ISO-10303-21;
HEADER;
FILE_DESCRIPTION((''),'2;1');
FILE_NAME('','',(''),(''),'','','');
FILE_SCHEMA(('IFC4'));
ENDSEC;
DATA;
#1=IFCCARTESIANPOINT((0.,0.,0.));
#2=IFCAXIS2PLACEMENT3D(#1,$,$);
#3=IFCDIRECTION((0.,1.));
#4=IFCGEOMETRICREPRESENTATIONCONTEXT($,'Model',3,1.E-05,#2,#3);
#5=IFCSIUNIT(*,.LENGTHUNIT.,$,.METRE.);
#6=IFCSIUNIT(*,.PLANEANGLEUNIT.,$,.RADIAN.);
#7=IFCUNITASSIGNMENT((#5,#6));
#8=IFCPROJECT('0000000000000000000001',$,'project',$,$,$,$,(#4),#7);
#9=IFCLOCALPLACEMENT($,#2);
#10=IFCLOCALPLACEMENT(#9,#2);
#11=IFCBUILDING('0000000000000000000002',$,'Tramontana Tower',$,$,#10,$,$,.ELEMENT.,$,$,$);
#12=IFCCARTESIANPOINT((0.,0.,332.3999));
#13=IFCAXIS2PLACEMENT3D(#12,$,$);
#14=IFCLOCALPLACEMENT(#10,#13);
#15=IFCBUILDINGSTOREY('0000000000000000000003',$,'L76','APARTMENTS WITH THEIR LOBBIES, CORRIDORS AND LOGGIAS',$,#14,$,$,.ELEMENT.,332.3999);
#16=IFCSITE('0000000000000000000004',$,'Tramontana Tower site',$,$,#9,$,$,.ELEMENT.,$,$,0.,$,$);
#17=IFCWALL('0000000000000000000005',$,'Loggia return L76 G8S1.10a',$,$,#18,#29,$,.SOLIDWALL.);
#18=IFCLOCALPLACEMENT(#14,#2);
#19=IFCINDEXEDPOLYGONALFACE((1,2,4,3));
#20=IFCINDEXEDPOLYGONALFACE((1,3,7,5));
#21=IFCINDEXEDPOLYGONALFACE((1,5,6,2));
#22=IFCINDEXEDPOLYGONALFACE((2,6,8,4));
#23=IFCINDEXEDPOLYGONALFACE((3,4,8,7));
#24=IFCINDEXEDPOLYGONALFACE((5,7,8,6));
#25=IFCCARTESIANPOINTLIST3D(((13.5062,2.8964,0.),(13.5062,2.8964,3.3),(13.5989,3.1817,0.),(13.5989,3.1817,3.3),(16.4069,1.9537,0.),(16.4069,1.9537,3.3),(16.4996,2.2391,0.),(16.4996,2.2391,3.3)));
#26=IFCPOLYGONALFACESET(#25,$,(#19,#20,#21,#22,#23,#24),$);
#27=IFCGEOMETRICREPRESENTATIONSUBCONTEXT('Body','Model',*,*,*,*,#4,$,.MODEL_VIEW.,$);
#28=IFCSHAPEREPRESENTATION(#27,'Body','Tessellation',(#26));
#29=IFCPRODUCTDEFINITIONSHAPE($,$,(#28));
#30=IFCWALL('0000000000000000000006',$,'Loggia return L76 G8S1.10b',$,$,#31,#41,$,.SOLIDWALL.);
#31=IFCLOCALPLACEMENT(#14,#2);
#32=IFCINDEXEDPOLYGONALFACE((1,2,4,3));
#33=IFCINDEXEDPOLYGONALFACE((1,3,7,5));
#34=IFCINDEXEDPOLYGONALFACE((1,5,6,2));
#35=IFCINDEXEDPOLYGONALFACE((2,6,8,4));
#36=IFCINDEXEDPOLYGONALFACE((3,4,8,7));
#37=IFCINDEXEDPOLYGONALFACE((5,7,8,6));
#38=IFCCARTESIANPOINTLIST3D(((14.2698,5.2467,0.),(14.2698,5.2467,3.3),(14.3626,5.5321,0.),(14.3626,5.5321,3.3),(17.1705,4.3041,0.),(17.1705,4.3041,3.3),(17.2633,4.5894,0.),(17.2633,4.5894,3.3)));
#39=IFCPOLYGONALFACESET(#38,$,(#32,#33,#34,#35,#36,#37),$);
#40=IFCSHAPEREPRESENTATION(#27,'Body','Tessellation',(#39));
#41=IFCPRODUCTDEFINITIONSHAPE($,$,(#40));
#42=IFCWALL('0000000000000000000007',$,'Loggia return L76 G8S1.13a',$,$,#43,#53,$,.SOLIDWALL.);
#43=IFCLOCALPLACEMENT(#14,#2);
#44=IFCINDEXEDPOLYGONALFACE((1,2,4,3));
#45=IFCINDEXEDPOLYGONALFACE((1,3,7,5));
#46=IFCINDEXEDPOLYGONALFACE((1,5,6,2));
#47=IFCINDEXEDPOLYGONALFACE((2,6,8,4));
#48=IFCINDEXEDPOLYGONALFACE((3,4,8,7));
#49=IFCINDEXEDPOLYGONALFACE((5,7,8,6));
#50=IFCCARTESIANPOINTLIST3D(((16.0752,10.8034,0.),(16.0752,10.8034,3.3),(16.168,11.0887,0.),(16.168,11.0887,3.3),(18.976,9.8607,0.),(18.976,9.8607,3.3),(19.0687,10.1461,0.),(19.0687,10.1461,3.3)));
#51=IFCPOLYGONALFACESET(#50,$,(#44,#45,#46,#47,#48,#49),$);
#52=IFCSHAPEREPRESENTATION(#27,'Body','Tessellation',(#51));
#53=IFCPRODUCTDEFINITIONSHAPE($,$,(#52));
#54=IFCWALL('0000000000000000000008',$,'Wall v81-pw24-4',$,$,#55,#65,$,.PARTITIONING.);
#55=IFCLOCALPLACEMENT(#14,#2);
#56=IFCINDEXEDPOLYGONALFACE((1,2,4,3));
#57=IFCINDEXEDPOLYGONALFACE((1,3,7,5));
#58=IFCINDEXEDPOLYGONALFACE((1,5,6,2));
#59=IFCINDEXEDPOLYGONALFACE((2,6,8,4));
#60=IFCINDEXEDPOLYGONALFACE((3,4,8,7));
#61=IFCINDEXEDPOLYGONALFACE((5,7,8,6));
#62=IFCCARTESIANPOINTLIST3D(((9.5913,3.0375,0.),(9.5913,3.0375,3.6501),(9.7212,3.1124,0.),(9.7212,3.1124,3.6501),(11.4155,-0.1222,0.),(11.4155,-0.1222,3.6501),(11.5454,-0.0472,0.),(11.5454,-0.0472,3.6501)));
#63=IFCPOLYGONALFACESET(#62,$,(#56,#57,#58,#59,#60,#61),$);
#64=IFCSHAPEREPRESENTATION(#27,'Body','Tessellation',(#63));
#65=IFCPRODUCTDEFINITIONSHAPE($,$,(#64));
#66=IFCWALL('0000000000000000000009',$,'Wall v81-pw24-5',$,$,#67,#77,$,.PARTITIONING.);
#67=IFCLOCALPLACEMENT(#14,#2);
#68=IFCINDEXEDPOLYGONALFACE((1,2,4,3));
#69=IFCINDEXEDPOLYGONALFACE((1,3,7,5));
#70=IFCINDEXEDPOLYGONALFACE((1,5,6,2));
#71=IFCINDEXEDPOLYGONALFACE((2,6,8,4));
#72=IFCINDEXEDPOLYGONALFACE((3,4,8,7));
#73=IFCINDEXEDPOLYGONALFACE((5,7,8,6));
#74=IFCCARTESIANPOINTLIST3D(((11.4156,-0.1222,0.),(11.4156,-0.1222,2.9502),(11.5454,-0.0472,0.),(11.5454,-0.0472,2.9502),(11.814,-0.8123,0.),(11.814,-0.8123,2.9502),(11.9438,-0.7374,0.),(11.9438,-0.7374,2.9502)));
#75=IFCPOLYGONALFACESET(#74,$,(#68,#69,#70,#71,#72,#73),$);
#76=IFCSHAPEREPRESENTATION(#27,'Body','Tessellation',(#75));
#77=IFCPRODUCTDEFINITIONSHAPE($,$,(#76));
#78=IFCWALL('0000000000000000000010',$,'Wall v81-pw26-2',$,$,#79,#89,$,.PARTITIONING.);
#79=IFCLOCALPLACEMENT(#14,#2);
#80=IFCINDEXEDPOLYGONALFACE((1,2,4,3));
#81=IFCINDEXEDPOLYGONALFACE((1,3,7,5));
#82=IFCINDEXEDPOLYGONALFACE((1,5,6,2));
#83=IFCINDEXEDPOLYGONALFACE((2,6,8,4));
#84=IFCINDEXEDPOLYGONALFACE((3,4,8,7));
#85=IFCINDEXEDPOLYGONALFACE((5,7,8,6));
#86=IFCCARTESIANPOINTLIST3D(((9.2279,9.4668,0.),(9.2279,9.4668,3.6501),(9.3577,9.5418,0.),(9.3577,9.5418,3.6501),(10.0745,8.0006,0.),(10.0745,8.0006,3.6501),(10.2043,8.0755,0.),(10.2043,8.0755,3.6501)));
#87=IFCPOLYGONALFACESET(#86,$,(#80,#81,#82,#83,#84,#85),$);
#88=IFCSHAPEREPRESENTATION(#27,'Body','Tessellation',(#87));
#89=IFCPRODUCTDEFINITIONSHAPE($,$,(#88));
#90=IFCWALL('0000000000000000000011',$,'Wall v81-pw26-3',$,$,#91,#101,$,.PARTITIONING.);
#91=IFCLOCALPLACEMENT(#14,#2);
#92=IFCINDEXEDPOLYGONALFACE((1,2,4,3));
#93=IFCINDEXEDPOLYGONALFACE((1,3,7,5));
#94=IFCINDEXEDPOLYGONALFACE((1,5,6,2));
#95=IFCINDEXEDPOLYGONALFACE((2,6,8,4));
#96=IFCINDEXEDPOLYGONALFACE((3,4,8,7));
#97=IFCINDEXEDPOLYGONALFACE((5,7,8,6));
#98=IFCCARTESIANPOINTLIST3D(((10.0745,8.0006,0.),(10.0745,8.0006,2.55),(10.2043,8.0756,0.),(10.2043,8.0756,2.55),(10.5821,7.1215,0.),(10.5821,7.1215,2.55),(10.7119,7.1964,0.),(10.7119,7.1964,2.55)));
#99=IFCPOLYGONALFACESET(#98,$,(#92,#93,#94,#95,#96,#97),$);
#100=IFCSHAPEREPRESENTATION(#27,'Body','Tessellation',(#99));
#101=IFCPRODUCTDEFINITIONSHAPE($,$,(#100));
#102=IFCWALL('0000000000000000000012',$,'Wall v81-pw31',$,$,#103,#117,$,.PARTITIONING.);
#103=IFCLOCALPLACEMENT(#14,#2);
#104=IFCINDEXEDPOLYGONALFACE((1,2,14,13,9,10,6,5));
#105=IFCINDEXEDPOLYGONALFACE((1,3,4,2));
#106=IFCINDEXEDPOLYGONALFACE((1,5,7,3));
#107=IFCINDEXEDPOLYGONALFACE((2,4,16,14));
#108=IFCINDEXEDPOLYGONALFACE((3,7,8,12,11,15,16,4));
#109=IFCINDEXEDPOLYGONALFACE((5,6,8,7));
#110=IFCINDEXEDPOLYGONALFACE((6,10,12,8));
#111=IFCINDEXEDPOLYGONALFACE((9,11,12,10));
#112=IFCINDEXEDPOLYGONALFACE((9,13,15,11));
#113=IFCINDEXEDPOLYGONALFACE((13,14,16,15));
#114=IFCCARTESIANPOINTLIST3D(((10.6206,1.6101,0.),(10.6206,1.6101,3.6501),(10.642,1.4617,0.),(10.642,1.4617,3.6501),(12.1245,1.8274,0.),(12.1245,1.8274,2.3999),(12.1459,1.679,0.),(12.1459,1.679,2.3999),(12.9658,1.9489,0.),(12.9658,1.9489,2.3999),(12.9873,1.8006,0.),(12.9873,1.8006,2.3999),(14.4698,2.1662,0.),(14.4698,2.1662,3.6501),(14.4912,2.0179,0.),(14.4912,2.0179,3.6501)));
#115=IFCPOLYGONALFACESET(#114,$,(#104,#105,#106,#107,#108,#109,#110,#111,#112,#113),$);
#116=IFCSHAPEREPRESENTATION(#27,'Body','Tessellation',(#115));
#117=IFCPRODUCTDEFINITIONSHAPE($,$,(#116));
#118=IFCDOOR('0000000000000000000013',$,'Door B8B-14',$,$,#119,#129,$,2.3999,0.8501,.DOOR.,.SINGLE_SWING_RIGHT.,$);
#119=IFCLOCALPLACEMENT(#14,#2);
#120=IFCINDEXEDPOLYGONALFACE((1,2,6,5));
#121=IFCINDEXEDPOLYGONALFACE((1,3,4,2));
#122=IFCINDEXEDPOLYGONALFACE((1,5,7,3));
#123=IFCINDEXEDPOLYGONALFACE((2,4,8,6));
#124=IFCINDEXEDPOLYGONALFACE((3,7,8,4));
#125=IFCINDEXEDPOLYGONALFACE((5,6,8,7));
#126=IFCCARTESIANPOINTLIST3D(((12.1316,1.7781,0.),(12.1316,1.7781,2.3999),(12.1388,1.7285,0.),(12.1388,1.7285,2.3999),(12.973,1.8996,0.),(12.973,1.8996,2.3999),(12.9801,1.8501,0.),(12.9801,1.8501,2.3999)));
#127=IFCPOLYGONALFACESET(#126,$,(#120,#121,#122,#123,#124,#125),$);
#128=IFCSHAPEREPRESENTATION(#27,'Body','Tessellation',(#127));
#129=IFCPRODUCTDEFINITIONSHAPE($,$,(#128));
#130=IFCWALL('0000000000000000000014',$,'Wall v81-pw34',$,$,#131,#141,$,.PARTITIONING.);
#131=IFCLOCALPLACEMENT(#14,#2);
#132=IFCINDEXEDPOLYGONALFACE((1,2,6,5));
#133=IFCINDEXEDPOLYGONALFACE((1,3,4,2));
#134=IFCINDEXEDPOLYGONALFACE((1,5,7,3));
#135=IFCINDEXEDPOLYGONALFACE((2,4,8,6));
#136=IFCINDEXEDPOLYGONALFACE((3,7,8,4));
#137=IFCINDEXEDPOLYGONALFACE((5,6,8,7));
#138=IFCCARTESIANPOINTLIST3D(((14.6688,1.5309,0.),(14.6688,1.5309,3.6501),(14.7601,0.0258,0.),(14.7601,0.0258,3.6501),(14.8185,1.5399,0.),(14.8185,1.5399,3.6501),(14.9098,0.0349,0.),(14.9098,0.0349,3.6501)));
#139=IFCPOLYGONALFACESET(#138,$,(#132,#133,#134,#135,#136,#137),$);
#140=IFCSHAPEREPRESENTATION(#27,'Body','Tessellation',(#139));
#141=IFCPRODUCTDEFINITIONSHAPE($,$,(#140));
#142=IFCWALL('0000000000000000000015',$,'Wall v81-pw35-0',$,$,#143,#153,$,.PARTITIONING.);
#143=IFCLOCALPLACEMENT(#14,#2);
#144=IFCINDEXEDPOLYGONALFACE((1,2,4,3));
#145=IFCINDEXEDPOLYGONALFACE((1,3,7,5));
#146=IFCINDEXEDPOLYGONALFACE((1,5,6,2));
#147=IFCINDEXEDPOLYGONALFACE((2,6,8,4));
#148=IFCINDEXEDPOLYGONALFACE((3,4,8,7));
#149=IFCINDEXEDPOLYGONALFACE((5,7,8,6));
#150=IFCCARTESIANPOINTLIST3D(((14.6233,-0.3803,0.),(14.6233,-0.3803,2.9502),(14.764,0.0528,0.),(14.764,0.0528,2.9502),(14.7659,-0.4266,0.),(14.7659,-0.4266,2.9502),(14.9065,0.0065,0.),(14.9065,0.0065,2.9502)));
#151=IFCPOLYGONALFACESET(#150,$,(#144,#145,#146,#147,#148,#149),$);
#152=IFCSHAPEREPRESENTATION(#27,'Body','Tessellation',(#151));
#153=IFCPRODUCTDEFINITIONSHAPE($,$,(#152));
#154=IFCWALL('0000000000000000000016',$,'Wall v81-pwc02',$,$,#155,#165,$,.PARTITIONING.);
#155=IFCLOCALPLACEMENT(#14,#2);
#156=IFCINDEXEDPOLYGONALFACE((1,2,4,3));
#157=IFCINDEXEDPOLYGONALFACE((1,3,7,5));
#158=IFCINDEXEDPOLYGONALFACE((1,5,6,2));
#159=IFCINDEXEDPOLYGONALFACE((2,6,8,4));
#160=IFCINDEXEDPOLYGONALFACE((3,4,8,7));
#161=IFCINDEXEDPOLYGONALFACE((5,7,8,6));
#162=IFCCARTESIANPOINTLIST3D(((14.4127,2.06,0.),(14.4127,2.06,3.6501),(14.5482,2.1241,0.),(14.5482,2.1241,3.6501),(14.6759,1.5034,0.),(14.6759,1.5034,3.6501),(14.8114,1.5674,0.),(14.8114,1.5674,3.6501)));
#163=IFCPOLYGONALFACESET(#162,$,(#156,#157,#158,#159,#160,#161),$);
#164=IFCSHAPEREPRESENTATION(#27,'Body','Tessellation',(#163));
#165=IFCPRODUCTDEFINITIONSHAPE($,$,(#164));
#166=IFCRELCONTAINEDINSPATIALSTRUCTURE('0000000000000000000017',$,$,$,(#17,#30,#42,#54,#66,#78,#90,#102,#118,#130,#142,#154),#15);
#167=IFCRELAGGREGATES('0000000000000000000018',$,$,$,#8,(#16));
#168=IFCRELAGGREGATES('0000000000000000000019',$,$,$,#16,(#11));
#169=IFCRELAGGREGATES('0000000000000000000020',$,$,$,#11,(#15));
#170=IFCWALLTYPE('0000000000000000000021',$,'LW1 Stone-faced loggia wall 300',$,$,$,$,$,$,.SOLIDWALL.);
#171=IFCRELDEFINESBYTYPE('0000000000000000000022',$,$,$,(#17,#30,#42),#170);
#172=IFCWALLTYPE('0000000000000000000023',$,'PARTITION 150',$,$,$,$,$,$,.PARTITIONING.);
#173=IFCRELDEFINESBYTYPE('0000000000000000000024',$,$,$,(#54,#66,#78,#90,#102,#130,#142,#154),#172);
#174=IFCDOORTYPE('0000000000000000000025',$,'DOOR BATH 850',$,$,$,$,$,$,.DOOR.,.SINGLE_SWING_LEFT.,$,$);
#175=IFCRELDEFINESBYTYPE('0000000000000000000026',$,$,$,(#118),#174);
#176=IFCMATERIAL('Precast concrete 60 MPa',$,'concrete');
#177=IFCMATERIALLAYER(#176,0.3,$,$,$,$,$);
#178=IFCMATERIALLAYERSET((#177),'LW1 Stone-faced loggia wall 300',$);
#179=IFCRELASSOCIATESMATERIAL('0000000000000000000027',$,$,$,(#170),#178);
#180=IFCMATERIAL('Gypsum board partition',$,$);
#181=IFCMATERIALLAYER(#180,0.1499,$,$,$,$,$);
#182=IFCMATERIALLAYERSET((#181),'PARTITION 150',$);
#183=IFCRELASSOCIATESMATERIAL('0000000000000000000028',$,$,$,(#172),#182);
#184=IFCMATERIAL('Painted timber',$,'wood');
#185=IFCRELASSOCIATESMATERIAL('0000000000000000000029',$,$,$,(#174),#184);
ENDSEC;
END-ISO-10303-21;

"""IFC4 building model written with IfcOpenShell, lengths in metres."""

from ifc_helpers import new_model, si_unit, direction, frame, frame_2d, origin, place, context, subcontext, project, spatial, rectangle, extrude, material, layer, layer_set, type_object, element, fill, save


model = new_model("IFC4")

# Units and contexts
model_context = context("Model", 3, precision=1e-05, world=origin(), true_north=direction((0.0, 1.0)))
body_context = subcontext(model_context, "Body", "Model", "MODEL_VIEW")
ifc_project = project(units=[si_unit("LENGTHUNIT", "METRE"), si_unit("PLANEANGLEUNIT", "RADIAN")], contexts=[model_context])

# Site, building, storey
site_placement = place(None, origin())
site = spatial("IfcSite", under=ifc_project, at=site_placement, Name="Tramontana Tower site", CompositionType="ELEMENT", RefElevation=0.0)
building_placement = place(site_placement, origin())
building = spatial("IfcBuilding", under=site, at=building_placement, Name="Tramontana Tower", CompositionType="ELEMENT")
storey_placement = place(building_placement, frame((0.0, 0.0, 332.3999)))
storey = spatial("IfcBuildingStorey", under=building, at=storey_placement, Name="L76", Description="APARTMENTS WITH THEIR LOBBIES, CORRIDORS AND LOGGIAS", CompositionType="ELEMENT", Elevation=332.3999)

# Shared definitions
ifc_material_1 = material(Name="Precast concrete 60 MPa", Category="concrete")
ifc_layer_1 = layer(ifc_material_1, 0.3)
ifc_layer_set_1 = layer_set([ifc_layer_1], Name="LW1 Stone-faced loggia wall 300")
wall_type_1 = type_object("IfcWallType", Name="LW1 Stone-faced loggia wall 300", PredefinedType="SOLIDWALL", material=ifc_layer_set_1)

# Walls
for number, where, z_axis, x_axis, name in (
    (1, (16.4531, 2.0964, 0.0), (0.0, 0.0, 1.0), (-0.951042, 0.309063, 0.0), "Loggia return L76 G8S1.10a"),
    (2, (17.2168, 4.4468, 0.0), (0.0, 0.0, 1.0), (-0.951042, 0.309063, 0.0), "Loggia return L76 G8S1.10b"),
    (3, (19.0222, 10.0034, 0.0), (0.0, 0.0, 1.0), (-0.951042, 0.309063, 0.0), "Loggia return L76 G8S1.13a"),
):
    element("IfcWall", number, at=place(storey_placement, frame(where, z_axis=z_axis, x_axis=x_axis)), inside=storey, type_object=wall_type_1, Name=name, PredefinedType="SOLIDWALL", context=body_context, shape_type="SweptSolid", body=[
        extrude(rectangle(XDim=3.05, YDim=0.3, at=frame_2d((1.5249, 0.0))), origin(), (0.0, 0.0, 1.0), 3.3),
    ])
ifc_material_2 = material(Name="Gypsum board partition")
ifc_layer_2 = layer(ifc_material_2, 0.1499)
ifc_layer_set_2 = layer_set([ifc_layer_2], Name="PARTITION 150")
wall_type_2 = type_object("IfcWallType", Name="PARTITION 150", PredefinedType="PARTITIONING", material=ifc_layer_set_2)
wall_1_placement = place(storey_placement, frame((9.6562, 3.075, 0.0), z_axis=(0.0, 0.0, 1.0), x_axis=(0.499997, -0.866027, 0.0)))
element("IfcWall", 4, at=wall_1_placement, inside=storey, type_object=wall_type_2, Name="Wall v81-pw24-4", PredefinedType="PARTITIONING", context=body_context, shape_type="SweptSolid", body=[
    extrude(rectangle(XDim=3.6484, YDim=0.1499, at=frame_2d((1.8242, 0.0))), origin(), (0.0, 0.0, 1.0), 3.6501),
])
wall_2_placement = place(storey_placement, frame((11.4805, -0.0847, 0.0), z_axis=(0.0, 0.0, 1.0), x_axis=(0.499961, -0.866048, 0.0)))
element("IfcWall", 5, at=wall_2_placement, inside=storey, type_object=wall_type_2, Name="Wall v81-pw24-5", PredefinedType="PARTITIONING", context=body_context, shape_type="SweptSolid", body=[
    extrude(rectangle(XDim=0.7969, YDim=0.1499, at=frame_2d((0.3984, 0.0))), origin(), (0.0, 0.0, 1.0), 2.9502),
])
wall_3_placement = place(storey_placement, frame((9.2927, 9.5044, 0.0), z_axis=(0.0, 0.0, 1.0), x_axis=(0.500047, -0.865998, 0.0)))
element("IfcWall", 6, at=wall_3_placement, inside=storey, type_object=wall_type_2, Name="Wall v81-pw26-2", PredefinedType="PARTITIONING", context=body_context, shape_type="SweptSolid", body=[
    extrude(rectangle(XDim=1.6931, YDim=0.1499, at=frame_2d((0.8467, 0.0))), origin(), (0.0, 0.0, 1.0), 3.6501),
])
wall_4_placement = place(storey_placement, frame((10.1394, 8.0381, 0.0), z_axis=(0.0, 0.0, 1.0), x_axis=(0.499993, -0.866029, 0.0)))
element("IfcWall", 7, at=wall_4_placement, inside=storey, type_object=wall_type_2, Name="Wall v81-pw26-3", PredefinedType="PARTITIONING", context=body_context, shape_type="SweptSolid", body=[
    extrude(rectangle(XDim=1.0151, YDim=0.1499, at=frame_2d((0.5076, 0.0))), origin(), (0.0, 0.0, 1.0), 2.55),
])

# Wall, opening, door
wall_5_placement = place(storey_placement, frame((14.4805, 2.092, 0.0), z_axis=(0.0, 0.0, 1.0), x_axis=(-0.989722, -0.143003, 0.0)))
wall_5 = element("IfcWall", 8, at=wall_5_placement, inside=storey, type_object=wall_type_2, Name="Wall v81-pw31", PredefinedType="PARTITIONING", context=body_context, shape_type="SweptSolid", body=[
    extrude(rectangle(XDim=3.8892, YDim=0.1499, at=frame_2d((1.9446, 0.0))), origin(), (0.0, 0.0, 1.0), 3.6501),
])
opening_1_placement = place(wall_5_placement, frame((1.5195, 0.0, 0.0)))
opening_1 = element("IfcOpeningElement", 9, at=opening_1_placement, cuts=wall_5, PredefinedType="OPENING", context=body_context, shape_type="SweptSolid", body=[
    extrude(rectangle(XDim=0.8501, YDim=2.3999, at=frame_2d((0.425, 1.2))), frame((0.0, 0.085, 0.0), z_axis=(0.0, -1.0, 0.0), x_axis=(1.0, 0.0, 0.0)), (0.0, 0.0, 1.0), 0.1699),
])
ifc_material_3 = material(Name="Painted timber", Category="wood")
door_type_1 = type_object("IfcDoorType", Name="DOOR BATH 850", OperationType="SINGLE_SWING_LEFT", PredefinedType="DOOR", material=ifc_material_3)
door_1_placement = place(opening_1_placement, origin())
door_1 = element("IfcDoor", 10, at=door_1_placement, inside=storey, type_object=door_type_1, Name="Door B8B-14", OperationType="SINGLE_SWING_RIGHT", OverallHeight=2.3999, OverallWidth=0.8501, PredefinedType="DOOR", context=body_context, shape_type="SweptSolid", body=[
    extrude(rectangle(XDim=0.8501, YDim=2.3999, at=frame_2d((0.425, 1.2))), frame((0.0, 0.0249, 0.0), z_axis=(0.0, -1.0, 0.0), x_axis=(1.0, 0.0, 0.0)), (0.0, 0.0, 1.0), 0.05),
])
fill(opening_1, door_1)

# Walls
wall_6_placement = place(storey_placement, frame((14.7437, 1.5354, 0.0), z_axis=(0.0, 0.0, 1.0), x_axis=(0.060554, -0.998165, 0.0)))
element("IfcWall", 11, at=wall_6_placement, inside=storey, type_object=wall_type_2, Name="Wall v81-pw34", PredefinedType="PARTITIONING", context=body_context, shape_type="SweptSolid", body=[
    extrude(rectangle(XDim=1.5078, YDim=0.1499, at=frame_2d((0.7539, 0.0))), origin(), (0.0, 0.0, 1.0), 3.6501),
])
wall_7_placement = place(storey_placement, frame((14.8352, 0.0295, 0.0), z_axis=(0.0, 0.0, 1.0), x_axis=(-0.308819, -0.951121, 0.0)))
element("IfcWall", 12, at=wall_7_placement, inside=storey, type_object=wall_type_2, Name="Wall v81-pw35-0", PredefinedType="PARTITIONING", context=body_context, shape_type="SweptSolid", body=[
    extrude(rectangle(XDim=0.4553, YDim=0.1499, at=frame_2d((0.2275, 0.0))), origin(), (0.0, 0.0, 1.0), 2.9502),
])
wall_8_placement = place(storey_placement, frame((14.4805, 2.092, 0.0), z_axis=(0.0, 0.0, 1.0), x_axis=(0.427439, -0.904044, 0.0)))
element("IfcWall", 13, at=wall_8_placement, inside=storey, type_object=wall_type_2, Name="Wall v81-pwc02", PredefinedType="PARTITIONING", context=body_context, shape_type="SweptSolid", body=[
    extrude(rectangle(XDim=0.6157, YDim=0.1499, at=frame_2d((0.3079, 0.0))), origin(), (0.0, 0.0, 1.0), 3.6501),
])

save(model, "model.ifc")
